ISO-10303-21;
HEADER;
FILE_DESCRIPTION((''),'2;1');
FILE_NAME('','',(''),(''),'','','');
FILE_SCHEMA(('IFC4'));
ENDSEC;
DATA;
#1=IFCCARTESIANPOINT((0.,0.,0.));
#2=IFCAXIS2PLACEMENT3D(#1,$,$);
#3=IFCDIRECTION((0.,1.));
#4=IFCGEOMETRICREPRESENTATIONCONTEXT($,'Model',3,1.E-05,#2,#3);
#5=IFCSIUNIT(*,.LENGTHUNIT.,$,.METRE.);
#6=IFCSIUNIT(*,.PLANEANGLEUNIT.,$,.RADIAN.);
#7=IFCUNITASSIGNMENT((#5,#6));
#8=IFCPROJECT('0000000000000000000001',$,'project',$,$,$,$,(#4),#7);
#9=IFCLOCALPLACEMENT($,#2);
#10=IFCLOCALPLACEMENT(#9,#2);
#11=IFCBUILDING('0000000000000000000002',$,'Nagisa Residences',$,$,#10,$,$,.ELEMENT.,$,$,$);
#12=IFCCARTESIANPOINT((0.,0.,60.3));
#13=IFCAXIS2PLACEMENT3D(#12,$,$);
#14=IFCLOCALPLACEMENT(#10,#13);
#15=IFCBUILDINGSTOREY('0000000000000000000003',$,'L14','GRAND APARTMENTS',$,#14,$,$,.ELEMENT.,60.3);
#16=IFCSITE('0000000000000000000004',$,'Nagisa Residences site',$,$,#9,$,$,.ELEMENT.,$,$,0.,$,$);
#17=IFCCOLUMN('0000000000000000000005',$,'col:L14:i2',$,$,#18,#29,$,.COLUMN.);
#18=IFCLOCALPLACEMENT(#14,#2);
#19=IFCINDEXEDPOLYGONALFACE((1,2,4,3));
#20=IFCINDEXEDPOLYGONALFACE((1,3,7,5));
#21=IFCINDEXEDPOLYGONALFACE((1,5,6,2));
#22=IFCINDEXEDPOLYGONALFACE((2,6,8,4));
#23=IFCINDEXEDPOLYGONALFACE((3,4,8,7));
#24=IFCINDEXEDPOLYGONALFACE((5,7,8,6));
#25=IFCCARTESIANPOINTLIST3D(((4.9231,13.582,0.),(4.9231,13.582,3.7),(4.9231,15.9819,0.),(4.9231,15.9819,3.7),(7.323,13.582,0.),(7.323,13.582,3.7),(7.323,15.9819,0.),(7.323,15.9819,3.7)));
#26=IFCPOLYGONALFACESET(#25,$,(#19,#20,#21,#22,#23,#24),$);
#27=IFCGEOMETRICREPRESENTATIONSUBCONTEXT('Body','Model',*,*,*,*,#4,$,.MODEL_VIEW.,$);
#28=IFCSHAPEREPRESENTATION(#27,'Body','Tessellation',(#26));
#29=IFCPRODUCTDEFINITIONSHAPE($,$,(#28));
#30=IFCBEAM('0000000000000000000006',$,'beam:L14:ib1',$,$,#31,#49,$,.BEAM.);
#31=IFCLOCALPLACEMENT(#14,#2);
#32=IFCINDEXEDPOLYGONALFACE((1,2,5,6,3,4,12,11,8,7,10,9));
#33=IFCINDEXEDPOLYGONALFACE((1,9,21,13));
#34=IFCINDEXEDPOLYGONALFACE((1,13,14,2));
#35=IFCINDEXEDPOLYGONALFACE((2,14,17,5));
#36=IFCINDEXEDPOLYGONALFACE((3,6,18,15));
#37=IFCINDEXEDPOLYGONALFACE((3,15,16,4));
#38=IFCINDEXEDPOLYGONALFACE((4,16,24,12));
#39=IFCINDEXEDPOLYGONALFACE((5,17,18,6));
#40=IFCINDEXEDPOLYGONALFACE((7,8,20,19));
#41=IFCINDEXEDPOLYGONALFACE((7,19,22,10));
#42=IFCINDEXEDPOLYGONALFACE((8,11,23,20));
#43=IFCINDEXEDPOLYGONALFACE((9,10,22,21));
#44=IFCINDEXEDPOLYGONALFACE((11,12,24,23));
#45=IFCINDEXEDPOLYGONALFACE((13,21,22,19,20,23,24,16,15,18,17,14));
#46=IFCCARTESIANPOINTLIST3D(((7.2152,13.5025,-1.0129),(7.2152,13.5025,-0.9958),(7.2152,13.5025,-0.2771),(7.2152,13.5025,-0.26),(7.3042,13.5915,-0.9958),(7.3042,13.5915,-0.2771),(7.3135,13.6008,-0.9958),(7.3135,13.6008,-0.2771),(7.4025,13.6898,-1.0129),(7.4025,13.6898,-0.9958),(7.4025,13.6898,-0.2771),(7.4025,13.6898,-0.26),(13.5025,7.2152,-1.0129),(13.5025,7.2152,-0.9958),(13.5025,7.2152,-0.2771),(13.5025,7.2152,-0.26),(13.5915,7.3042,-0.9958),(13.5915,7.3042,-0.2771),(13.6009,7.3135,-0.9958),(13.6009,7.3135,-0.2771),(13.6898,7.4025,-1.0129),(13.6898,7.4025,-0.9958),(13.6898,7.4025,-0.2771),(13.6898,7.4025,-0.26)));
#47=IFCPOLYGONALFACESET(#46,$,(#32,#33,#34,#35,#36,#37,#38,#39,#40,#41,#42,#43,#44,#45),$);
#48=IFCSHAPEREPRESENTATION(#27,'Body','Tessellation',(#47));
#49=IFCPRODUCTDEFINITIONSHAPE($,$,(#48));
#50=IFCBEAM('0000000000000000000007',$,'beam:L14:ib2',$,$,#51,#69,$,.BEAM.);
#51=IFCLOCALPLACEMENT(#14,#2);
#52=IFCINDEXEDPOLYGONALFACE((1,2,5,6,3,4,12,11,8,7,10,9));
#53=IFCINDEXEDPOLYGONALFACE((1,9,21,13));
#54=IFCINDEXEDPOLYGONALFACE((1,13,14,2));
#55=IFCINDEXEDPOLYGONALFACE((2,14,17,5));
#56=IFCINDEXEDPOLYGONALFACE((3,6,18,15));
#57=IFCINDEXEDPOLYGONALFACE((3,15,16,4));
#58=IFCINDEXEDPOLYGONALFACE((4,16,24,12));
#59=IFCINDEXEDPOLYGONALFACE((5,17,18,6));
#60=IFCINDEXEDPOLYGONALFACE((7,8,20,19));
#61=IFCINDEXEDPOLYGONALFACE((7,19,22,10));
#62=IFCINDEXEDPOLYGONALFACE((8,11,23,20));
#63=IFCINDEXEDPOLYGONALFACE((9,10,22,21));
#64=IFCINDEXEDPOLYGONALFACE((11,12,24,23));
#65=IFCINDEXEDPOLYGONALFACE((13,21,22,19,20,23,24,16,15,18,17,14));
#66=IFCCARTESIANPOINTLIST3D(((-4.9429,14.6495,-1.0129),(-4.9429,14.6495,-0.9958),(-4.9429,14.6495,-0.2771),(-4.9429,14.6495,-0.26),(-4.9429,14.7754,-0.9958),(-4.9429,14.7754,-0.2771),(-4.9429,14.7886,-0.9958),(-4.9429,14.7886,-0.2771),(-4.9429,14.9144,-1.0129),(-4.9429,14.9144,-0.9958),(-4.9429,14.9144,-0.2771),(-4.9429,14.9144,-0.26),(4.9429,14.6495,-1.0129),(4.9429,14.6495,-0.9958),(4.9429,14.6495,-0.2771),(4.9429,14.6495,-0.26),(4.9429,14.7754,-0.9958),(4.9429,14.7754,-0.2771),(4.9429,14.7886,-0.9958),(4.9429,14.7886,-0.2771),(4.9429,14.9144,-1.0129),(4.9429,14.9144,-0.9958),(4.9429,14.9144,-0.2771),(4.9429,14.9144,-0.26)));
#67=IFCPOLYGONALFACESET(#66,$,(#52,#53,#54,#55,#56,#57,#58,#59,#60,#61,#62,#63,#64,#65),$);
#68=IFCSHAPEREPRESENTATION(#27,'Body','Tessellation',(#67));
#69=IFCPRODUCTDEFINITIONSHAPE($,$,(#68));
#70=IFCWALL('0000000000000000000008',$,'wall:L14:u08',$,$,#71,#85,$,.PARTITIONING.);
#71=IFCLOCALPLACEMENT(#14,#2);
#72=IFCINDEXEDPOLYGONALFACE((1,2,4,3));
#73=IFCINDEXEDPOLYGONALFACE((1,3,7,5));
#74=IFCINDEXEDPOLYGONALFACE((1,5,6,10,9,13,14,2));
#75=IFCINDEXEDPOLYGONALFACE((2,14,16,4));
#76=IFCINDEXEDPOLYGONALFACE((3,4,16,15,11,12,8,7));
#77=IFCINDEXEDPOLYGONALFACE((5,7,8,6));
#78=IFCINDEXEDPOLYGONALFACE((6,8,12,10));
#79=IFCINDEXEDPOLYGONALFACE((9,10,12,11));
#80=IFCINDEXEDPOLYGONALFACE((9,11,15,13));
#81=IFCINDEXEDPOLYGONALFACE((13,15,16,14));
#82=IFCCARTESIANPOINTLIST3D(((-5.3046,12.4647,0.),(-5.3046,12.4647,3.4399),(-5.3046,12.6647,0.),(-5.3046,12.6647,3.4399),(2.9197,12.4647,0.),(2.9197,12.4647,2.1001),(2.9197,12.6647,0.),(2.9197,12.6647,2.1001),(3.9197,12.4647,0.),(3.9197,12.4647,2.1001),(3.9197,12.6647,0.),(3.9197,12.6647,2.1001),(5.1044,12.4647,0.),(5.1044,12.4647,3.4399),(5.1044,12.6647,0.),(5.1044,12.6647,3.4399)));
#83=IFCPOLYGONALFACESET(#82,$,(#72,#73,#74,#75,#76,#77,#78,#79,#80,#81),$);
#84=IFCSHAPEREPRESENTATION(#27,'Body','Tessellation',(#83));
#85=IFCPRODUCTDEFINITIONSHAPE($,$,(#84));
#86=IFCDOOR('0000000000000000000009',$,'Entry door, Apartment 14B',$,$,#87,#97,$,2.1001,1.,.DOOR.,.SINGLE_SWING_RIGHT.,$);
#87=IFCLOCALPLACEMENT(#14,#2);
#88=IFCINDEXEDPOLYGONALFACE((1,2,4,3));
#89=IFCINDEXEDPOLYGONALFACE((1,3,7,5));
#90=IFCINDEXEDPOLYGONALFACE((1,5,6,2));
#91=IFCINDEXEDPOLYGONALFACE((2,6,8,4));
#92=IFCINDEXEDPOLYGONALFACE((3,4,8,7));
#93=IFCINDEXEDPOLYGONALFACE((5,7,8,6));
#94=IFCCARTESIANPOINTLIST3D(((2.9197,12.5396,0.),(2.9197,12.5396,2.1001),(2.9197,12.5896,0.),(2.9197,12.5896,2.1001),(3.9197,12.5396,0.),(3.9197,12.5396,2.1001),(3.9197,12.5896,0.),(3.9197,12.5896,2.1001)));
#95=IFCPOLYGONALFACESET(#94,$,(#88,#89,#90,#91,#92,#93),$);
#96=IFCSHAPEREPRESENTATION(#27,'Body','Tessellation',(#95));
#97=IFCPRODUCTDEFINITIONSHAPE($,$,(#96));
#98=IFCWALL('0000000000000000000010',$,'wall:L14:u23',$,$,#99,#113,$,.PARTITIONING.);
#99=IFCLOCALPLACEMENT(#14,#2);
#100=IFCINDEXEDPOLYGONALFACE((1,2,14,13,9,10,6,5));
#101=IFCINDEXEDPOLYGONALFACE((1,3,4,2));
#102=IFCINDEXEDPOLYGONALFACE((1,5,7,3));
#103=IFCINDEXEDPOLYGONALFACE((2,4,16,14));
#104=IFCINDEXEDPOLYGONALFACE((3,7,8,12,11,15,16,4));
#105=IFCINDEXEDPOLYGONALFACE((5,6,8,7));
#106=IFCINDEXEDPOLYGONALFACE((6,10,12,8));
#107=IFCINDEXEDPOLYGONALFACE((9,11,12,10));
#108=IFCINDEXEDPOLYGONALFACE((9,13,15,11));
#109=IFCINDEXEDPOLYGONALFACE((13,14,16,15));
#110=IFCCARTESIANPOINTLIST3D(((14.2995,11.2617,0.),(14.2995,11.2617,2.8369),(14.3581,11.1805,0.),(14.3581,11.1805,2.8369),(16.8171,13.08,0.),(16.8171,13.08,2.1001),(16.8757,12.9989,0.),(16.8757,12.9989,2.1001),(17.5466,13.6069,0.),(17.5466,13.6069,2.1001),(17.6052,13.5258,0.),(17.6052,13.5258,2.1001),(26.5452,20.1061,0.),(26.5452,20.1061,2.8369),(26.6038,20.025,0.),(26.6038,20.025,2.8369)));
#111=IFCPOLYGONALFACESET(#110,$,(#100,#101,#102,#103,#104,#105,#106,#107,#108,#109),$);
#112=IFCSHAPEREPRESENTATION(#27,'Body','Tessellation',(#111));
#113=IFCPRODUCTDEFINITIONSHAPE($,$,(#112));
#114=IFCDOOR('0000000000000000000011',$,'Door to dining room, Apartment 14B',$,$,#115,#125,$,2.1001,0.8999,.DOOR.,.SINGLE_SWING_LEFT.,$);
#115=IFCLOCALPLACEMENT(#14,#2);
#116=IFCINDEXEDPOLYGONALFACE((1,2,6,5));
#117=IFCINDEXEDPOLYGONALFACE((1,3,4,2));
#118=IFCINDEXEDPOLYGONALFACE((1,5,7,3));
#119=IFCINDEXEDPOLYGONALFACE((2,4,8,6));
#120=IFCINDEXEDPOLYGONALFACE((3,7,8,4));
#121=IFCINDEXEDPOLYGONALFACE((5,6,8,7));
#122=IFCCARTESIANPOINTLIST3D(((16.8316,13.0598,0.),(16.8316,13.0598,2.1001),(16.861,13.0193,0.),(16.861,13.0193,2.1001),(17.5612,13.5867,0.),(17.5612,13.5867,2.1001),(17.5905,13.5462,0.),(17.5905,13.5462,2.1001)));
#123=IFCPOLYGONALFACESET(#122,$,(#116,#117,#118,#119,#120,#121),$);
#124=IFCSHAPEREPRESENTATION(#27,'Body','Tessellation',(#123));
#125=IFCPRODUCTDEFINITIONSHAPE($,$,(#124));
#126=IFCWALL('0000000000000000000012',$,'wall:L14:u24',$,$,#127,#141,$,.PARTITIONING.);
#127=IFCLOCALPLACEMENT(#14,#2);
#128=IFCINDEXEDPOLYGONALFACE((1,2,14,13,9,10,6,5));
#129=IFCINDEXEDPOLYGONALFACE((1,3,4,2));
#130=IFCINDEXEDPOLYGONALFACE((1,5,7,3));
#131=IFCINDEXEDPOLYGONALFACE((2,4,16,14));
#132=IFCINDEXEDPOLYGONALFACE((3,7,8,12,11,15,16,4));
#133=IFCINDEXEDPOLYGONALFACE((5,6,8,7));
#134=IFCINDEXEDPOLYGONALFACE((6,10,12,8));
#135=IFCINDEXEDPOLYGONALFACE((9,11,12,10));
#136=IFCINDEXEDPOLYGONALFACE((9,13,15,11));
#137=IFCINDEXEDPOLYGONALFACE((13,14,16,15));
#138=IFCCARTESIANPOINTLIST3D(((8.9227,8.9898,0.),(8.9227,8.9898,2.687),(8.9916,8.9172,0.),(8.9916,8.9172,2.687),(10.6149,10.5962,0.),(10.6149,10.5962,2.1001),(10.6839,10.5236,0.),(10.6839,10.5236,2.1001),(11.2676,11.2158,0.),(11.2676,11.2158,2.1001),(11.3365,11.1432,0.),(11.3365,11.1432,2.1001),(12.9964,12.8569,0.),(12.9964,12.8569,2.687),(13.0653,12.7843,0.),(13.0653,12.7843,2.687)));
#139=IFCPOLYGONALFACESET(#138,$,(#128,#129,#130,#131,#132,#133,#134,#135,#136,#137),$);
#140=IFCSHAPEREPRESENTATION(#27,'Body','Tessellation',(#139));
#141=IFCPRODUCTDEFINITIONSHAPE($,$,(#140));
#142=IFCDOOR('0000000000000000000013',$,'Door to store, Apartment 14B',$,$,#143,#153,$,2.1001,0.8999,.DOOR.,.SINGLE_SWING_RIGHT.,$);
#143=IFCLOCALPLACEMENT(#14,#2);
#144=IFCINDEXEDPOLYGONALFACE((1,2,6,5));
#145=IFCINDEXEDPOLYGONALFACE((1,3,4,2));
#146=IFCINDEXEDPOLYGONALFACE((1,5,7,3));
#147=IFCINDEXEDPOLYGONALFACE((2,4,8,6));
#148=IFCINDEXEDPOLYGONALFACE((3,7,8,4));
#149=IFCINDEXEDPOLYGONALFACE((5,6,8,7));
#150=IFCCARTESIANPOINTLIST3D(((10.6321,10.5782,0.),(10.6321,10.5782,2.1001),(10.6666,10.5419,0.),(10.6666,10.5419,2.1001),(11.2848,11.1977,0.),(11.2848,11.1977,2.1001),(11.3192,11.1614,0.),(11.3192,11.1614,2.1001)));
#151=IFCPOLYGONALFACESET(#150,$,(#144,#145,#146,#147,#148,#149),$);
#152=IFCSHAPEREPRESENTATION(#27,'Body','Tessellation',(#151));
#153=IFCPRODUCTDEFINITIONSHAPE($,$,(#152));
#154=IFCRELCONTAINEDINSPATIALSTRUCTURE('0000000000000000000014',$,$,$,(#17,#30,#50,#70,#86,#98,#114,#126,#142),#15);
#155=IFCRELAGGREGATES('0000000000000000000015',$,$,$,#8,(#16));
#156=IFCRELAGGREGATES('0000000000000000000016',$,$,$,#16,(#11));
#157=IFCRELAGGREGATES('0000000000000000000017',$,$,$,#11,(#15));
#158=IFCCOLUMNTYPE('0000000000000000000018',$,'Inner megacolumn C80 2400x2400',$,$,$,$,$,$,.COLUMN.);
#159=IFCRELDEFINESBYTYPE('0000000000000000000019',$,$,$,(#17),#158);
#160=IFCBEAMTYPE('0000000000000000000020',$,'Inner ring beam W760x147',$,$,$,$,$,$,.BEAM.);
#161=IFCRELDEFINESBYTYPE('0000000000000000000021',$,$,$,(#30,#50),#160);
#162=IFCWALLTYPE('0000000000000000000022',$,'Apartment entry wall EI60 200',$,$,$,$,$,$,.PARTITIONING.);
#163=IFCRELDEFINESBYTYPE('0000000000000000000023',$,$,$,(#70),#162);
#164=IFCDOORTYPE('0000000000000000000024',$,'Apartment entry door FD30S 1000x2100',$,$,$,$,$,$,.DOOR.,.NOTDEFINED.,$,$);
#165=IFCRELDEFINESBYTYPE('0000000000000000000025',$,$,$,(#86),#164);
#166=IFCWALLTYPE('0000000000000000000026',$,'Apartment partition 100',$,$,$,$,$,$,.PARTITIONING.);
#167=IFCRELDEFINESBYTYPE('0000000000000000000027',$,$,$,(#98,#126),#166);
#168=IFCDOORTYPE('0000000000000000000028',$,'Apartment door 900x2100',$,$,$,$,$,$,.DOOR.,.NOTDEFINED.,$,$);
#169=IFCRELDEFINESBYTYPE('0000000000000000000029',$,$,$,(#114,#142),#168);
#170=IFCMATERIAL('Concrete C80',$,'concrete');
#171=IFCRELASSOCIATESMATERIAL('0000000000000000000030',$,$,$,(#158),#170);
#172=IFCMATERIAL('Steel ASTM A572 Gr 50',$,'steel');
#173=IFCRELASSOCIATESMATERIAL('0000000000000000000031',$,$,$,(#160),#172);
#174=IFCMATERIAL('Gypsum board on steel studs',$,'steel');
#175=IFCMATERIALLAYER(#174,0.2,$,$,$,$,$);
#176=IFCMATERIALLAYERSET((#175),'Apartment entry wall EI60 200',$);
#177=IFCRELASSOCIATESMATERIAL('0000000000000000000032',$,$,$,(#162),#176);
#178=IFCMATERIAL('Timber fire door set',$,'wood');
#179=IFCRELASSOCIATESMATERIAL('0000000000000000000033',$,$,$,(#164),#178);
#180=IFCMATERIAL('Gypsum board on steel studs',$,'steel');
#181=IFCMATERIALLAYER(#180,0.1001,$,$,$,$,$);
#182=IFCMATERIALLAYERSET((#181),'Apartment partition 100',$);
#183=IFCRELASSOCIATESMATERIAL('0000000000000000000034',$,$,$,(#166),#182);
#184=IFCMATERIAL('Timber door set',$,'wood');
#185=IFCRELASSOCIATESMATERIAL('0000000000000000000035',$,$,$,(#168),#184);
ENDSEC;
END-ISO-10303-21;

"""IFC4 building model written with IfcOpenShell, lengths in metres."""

from ifc_helpers import new_model, si_unit, direction, frame, frame_2d, origin, origin_2d, place, context, subcontext, project, spatial, rectangle, i_section, extrude, material, layer, layer_set, material_profile, profile_set, type_object, element, fill, save


model = new_model("IFC4")

# Units and contexts
model_context = context("Model", 3, precision=1e-05, world=origin(), true_north=direction((0.0, 1.0)))
body_context = subcontext(model_context, "Body", "Model", "MODEL_VIEW")
ifc_project = project(units=[si_unit("LENGTHUNIT", "METRE"), si_unit("PLANEANGLEUNIT", "RADIAN")], contexts=[model_context])

# Site, building, storey
site_placement = place(None, origin())
site = spatial("IfcSite", under=ifc_project, at=site_placement, Name="Nagisa Residences site", CompositionType="ELEMENT", RefElevation=0.0)
building_placement = place(site_placement, origin())
building = spatial("IfcBuilding", under=site, at=building_placement, Name="Nagisa Residences", CompositionType="ELEMENT")
storey_placement = place(building_placement, frame((0.0, 0.0, 60.3)))
storey = spatial("IfcBuildingStorey", under=building, at=storey_placement, Name="L14", Description="GRAND APARTMENTS", CompositionType="ELEMENT", Elevation=60.3)

# Column
ifc_material_1 = material(Name="Concrete C80", Category="concrete")
ifc_material_profile_1 = material_profile(ifc_material_1, rectangle(XDim=2.3999, YDim=2.3999, at=origin_2d()), Name="C80 2400x2400")
ifc_profile_set_1 = profile_set([ifc_material_profile_1], Name="Concrete C80")
column_type = type_object("IfcColumnType", Name="Inner megacolumn C80 2400x2400", PredefinedType="COLUMN", material=ifc_profile_set_1)
column_placement = place(storey_placement, frame((6.123, 14.782, 0.0), z_axis=(0.0, 0.0, 1.0), x_axis=(1.0, 0.0, 0.0)))
element("IfcColumn", 1, at=column_placement, inside=storey, type_object=column_type, Name="col:L14:i2", PredefinedType="COLUMN", context=body_context, shape_type="SweptSolid", body=[
    extrude(rectangle(XDim=2.3999, YDim=2.3999, at=origin_2d()), origin(), (0.0, 0.0, 1.0), 3.7),
])

# Beams
ifc_material_2 = material(Name="Steel ASTM A572 Gr 50", Category="steel")
ifc_material_profile_2 = material_profile(ifc_material_2, i_section(OverallWidth=0.2649, OverallDepth=0.7529, WebThickness=0.0132, FlangeThickness=0.0171, at=origin_2d()), Name="W760x147")
ifc_profile_set_2 = profile_set([ifc_material_profile_2], Name="Steel ASTM A572 Gr 50")
beam_type = type_object("IfcBeamType", Name="Inner ring beam W760x147", PredefinedType="BEAM", material=ifc_profile_set_2)
beam_1_placement = place(storey_placement, frame((13.5962, 7.3088, -0.6365), z_axis=(-0.707107, 0.707107, 0.0), x_axis=(-0.707107, -0.707107, 0.0)))
element("IfcBeam", 2, at=beam_1_placement, inside=storey, type_object=beam_type, Name="beam:L14:ib1", PredefinedType="BEAM", context=body_context, shape_type="SweptSolid", body=[
    extrude(i_section(OverallWidth=0.2649, OverallDepth=0.7529, WebThickness=0.0132, FlangeThickness=0.0171, at=origin_2d()), origin(), (0.0, 0.0, 1.0), 8.8916),
])
beam_2_placement = place(storey_placement, frame((4.9429, 14.782, -0.6365), z_axis=(-1.0, 0.0, 0.0), x_axis=(0.0, -1.0, 0.0)))
element("IfcBeam", 3, at=beam_2_placement, inside=storey, type_object=beam_type, Name="beam:L14:ib2", PredefinedType="BEAM", context=body_context, shape_type="SweptSolid", body=[
    extrude(i_section(OverallWidth=0.2649, OverallDepth=0.7529, WebThickness=0.0132, FlangeThickness=0.0171, at=origin_2d()), origin(), (0.0, 0.0, 1.0), 9.8857),
])

# Walls, openings, doors
ifc_material_3 = material(Name="Gypsum board on steel studs", Category="steel")
ifc_layer_1 = layer(ifc_material_3, 0.2)
ifc_layer_set_1 = layer_set([ifc_layer_1], Name="Apartment entry wall EI60 200")
wall_type_1 = type_object("IfcWallType", Name="Apartment entry wall EI60 200", PredefinedType="PARTITIONING", material=ifc_layer_set_1)
wall_1_placement = place(storey_placement, frame((5.1045, 12.5647, 0.0), z_axis=(0.0, 0.0, 1.0), x_axis=(-1.0, 0.0, 0.0)))
wall_1 = element("IfcWall", 4, at=wall_1_placement, inside=storey, type_object=wall_type_1, Name="wall:L14:u08", PredefinedType="PARTITIONING", context=body_context, shape_type="SweptSolid", body=[
    extrude(rectangle(XDim=10.4089, YDim=0.2, at=frame_2d((5.2046, 0.0))), origin(), (0.0, 0.0, 1.0), 3.4399),
])
opening_1_placement = place(wall_1_placement, frame((1.1848, 0.0, 0.0)))
opening_1 = element("IfcOpeningElement", 5, at=opening_1_placement, cuts=wall_1, PredefinedType="OPENING", context=body_context, shape_type="SweptSolid", body=[
    extrude(rectangle(XDim=1.0, YDim=2.1001, at=frame_2d((0.5, 1.05))), frame((0.0, 0.1099, 0.0), z_axis=(0.0, -1.0, 0.0), x_axis=(1.0, 0.0, 0.0)), (0.0, 0.0, 1.0), 0.22),
])
ifc_material_4 = material(Name="Timber fire door set", Category="wood")
door_type_1 = type_object("IfcDoorType", Name="Apartment entry door FD30S 1000x2100", OperationType="NOTDEFINED", PredefinedType="DOOR", material=ifc_material_4)
door_1_placement = place(opening_1_placement, frame((1.0, 0.0, 0.0), x_axis=(-1.0, 0.0, 0.0)))
door_1 = element("IfcDoor", 6, at=door_1_placement, inside=storey, type_object=door_type_1, Name="Entry door, Apartment 14B", OperationType="SINGLE_SWING_RIGHT", OverallHeight=2.1001, OverallWidth=1.0, PredefinedType="DOOR", context=body_context, shape_type="SweptSolid", body=[
    extrude(rectangle(XDim=1.0, YDim=2.1001, at=frame_2d((0.5, 1.05))), frame((0.0, 0.0249, 0.0), z_axis=(0.0, -1.0, 0.0), x_axis=(1.0, 0.0, 0.0)), (0.0, 0.0, 1.0), 0.05),
])
fill(opening_1, door_1)
ifc_material_5 = material(Name="Gypsum board on steel studs", Category="steel")
ifc_layer_2 = layer(ifc_material_5, 0.1001)
ifc_layer_set_2 = layer_set([ifc_layer_2], Name="Apartment partition 100")
wall_type_2 = type_object("IfcWallType", Name="Apartment partition 100", PredefinedType="PARTITIONING", material=ifc_layer_set_2)
wall_2_placement = place(storey_placement, frame((14.3289, 11.2212, 0.0), z_axis=(0.0, 0.0, 1.0), x_axis=(0.810671, 0.585502, 0.0)))
wall_2 = element("IfcWall", 7, at=wall_2_placement, inside=storey, type_object=wall_type_2, Name="wall:L14:u23", PredefinedType="PARTITIONING", context=body_context, shape_type="SweptSolid", body=[
    extrude(rectangle(XDim=15.1057, YDim=0.1001, at=frame_2d((7.5527, 0.0))), origin(), (0.0, 0.0, 1.0), 2.8369),
])
opening_2_placement = place(wall_2_placement, frame((3.1055, 0.0, 0.0)))
opening_2 = element("IfcOpeningElement", 8, at=opening_2_placement, cuts=wall_2, PredefinedType="OPENING", context=body_context, shape_type="SweptSolid", body=[
    extrude(rectangle(XDim=0.8999, YDim=2.1001, at=frame_2d((0.45, 1.05))), frame((0.0, 0.0601, 0.0), z_axis=(0.0, -1.0, 0.0), x_axis=(1.0, 0.0, 0.0)), (0.0, 0.0, 1.0), 0.1201),
])
ifc_material_6 = material(Name="Timber door set", Category="wood")
door_type_2 = type_object("IfcDoorType", Name="Apartment door 900x2100", OperationType="NOTDEFINED", PredefinedType="DOOR", material=ifc_material_6)
door_2_placement = place(opening_2_placement, frame((0.8999, 0.0, 0.0), x_axis=(-1.0, 0.0, 0.0)))
door_2 = element("IfcDoor", 9, at=door_2_placement, inside=storey, type_object=door_type_2, Name="Door to dining room, Apartment 14B", OperationType="SINGLE_SWING_LEFT", OverallHeight=2.1001, OverallWidth=0.8999, PredefinedType="DOOR", context=body_context, shape_type="SweptSolid", body=[
    extrude(rectangle(XDim=0.8999, YDim=2.1001, at=frame_2d((0.45, 1.05))), frame((0.0, 0.0249, 0.0), z_axis=(0.0, -1.0, 0.0), x_axis=(1.0, 0.0, 0.0)), (0.0, 0.0, 1.0), 0.05),
])
fill(opening_2, door_2)
wall_3_placement = place(storey_placement, frame((8.957, 8.9534, 0.0), z_axis=(0.0, 0.0, 1.0), x_axis=(0.725253, 0.688482, 0.0)))
wall_3 = element("IfcWall", 10, at=wall_3_placement, inside=storey, type_object=wall_type_2, Name="wall:L14:u24", PredefinedType="PARTITIONING", context=body_context, shape_type="SweptSolid", body=[
    extrude(rectangle(XDim=5.6169, YDim=0.1001, at=frame_2d((2.8086, 0.0))), origin(), (0.0, 0.0, 1.0), 2.687),
])
opening_3_placement = place(wall_3_placement, frame((2.3335, 0.0, 0.0)))
opening_3 = element("IfcOpeningElement", 11, at=opening_3_placement, cuts=wall_3, PredefinedType="OPENING", context=body_context, shape_type="SweptSolid", body=[
    extrude(rectangle(XDim=0.8999, YDim=2.1001, at=frame_2d((0.45, 1.05))), frame((0.0, 0.0601, 0.0), z_axis=(0.0, -1.0, 0.0), x_axis=(1.0, 0.0, 0.0)), (0.0, 0.0, 1.0), 0.1201),
])
door_3_placement = place(opening_3_placement, frame((0.8999, 0.0, 0.0), x_axis=(-1.0, 0.0, 0.0)))
door_3 = element("IfcDoor", 12, at=door_3_placement, inside=storey, type_object=door_type_2, Name="Door to store, Apartment 14B", OperationType="SINGLE_SWING_RIGHT", OverallHeight=2.1001, OverallWidth=0.8999, PredefinedType="DOOR", context=body_context, shape_type="SweptSolid", body=[
    extrude(rectangle(XDim=0.8999, YDim=2.1001, at=frame_2d((0.45, 1.05))), frame((0.0, 0.0249, 0.0), z_axis=(0.0, -1.0, 0.0), x_axis=(1.0, 0.0, 0.0)), (0.0, 0.0, 1.0), 0.05),
])
fill(opening_3, door_3)

save(model, "model.ifc")
